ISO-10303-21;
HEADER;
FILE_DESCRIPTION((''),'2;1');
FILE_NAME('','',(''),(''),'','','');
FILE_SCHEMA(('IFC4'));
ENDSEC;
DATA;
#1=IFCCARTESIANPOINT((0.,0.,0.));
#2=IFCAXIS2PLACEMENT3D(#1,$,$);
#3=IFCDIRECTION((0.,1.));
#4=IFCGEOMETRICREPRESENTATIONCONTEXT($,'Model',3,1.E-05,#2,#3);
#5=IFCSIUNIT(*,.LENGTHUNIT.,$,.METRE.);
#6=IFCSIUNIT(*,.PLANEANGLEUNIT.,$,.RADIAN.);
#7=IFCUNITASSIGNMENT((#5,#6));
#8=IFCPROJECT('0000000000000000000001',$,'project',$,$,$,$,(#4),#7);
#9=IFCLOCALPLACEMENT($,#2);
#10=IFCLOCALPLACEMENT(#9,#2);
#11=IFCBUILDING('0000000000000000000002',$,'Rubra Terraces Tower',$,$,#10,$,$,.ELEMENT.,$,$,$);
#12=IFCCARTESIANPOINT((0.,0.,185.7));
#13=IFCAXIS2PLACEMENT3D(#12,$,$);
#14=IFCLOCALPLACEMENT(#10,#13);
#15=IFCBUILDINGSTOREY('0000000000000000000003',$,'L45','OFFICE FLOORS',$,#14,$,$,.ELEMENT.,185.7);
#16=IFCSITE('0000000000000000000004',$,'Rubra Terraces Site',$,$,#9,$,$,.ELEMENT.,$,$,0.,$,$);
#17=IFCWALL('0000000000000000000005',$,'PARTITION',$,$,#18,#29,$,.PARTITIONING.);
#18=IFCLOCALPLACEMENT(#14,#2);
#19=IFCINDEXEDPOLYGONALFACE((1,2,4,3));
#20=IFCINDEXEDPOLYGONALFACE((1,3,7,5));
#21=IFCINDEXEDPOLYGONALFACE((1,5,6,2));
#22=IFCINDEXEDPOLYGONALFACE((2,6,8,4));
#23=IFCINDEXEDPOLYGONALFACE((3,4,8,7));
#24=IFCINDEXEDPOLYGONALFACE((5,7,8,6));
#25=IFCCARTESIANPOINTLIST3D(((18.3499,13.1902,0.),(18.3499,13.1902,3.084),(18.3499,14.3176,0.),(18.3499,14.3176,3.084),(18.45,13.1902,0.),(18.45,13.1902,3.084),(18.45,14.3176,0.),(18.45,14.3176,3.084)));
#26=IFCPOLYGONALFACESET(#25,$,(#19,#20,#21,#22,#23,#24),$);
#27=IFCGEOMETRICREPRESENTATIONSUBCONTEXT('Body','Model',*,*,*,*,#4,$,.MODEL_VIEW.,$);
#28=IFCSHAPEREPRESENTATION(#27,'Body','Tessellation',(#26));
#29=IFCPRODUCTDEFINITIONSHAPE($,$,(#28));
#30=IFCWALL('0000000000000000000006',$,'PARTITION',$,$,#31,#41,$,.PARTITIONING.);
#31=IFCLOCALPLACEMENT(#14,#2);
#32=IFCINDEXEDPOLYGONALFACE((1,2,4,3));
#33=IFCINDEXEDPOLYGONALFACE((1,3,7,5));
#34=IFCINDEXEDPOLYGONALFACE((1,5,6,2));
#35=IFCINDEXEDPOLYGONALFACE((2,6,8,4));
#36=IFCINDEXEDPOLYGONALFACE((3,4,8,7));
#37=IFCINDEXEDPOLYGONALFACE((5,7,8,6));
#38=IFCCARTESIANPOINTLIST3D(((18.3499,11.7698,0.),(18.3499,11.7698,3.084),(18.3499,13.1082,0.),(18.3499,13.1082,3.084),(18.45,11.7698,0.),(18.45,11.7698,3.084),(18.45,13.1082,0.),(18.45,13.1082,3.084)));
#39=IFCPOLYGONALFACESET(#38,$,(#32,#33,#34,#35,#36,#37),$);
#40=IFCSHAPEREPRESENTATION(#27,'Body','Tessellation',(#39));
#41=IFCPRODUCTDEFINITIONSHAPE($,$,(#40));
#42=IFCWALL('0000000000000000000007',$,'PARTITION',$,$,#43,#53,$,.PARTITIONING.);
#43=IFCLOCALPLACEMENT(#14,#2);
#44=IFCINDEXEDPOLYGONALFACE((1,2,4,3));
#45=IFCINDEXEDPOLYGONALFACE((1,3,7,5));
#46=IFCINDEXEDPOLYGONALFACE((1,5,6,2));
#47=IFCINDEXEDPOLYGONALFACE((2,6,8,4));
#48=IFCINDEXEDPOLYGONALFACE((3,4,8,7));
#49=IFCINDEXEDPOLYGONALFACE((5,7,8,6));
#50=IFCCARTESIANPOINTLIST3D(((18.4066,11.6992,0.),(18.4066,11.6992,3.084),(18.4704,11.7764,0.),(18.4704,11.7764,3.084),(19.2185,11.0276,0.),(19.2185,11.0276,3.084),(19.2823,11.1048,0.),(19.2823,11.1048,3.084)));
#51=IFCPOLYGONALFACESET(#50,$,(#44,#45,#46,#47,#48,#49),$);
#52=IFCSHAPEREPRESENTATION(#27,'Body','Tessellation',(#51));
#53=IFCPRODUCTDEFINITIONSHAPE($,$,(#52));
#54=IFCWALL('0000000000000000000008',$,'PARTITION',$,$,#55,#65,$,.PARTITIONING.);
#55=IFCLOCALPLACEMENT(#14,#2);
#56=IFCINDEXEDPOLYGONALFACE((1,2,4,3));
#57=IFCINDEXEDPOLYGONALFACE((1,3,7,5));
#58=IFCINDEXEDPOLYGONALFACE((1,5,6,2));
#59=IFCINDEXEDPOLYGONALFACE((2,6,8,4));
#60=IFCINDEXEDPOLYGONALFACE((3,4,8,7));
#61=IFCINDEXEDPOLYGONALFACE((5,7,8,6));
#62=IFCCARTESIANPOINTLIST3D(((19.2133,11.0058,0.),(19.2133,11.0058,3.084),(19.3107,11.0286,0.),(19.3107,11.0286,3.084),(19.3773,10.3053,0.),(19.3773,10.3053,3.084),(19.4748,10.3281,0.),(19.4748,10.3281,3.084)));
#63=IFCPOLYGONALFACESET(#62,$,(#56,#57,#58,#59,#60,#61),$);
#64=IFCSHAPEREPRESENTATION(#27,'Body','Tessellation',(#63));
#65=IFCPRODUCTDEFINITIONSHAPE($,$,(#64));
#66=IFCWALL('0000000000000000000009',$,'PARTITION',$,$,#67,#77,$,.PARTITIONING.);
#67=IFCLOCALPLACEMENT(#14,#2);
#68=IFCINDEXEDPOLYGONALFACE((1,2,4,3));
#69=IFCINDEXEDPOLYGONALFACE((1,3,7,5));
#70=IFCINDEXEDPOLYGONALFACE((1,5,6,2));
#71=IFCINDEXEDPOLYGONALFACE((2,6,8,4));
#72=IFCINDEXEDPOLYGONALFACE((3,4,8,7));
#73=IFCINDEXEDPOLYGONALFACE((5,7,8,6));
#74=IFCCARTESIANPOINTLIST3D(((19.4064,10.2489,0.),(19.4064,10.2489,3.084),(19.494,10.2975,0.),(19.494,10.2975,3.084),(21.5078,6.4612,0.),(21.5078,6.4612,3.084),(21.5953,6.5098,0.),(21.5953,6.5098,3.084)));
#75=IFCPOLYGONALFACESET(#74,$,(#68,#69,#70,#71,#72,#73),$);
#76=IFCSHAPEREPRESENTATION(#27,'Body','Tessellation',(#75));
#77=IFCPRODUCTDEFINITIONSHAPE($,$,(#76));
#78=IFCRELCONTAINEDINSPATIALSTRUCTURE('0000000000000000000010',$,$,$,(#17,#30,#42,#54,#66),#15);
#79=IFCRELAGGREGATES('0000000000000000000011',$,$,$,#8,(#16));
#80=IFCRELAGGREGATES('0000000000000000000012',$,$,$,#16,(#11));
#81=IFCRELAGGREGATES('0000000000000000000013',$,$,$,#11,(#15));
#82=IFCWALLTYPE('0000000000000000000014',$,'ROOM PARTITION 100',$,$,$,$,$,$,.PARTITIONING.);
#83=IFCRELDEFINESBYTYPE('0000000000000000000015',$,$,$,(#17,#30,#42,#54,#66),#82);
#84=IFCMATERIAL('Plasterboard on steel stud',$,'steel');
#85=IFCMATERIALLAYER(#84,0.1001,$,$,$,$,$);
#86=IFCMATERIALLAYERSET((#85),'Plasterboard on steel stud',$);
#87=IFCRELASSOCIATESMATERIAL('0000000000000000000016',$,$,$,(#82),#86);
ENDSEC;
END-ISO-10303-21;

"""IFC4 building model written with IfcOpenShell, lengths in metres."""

from ifc_helpers import new_model, si_unit, direction, frame, frame_2d, origin, place, context, subcontext, project, spatial, rectangle, extrude, material, layer, layer_set, type_object, element, save


model = new_model("IFC4")

# Units and contexts
model_context = context("Model", 3, precision=1e-05, world=origin(), true_north=direction((0.0, 1.0)))
body_context = subcontext(model_context, "Body", "Model", "MODEL_VIEW")
ifc_project = project(units=[si_unit("LENGTHUNIT", "METRE"), si_unit("PLANEANGLEUNIT", "RADIAN")], contexts=[model_context])

# Site, building, storey
site_placement = place(None, origin())
site = spatial("IfcSite", under=ifc_project, at=site_placement, Name="Rubra Terraces Site", CompositionType="ELEMENT", RefElevation=0.0)
building_placement = place(site_placement, origin())
building = spatial("IfcBuilding", under=site, at=building_placement, Name="Rubra Terraces Tower", CompositionType="ELEMENT")
storey_placement = place(building_placement, frame((0.0, 0.0, 185.7)))
storey = spatial("IfcBuildingStorey", under=building, at=storey_placement, Name="L45", Description="OFFICE FLOORS", CompositionType="ELEMENT", Elevation=185.7)

# Walls
ifc_material_1 = material(Name="Plasterboard on steel stud", Category="steel")
ifc_layer_1 = layer(ifc_material_1, 0.1001)
ifc_layer_set_1 = layer_set([ifc_layer_1], Name="Plasterboard on steel stud")
wall_type_1 = type_object("IfcWallType", Name="ROOM PARTITION 100", PredefinedType="PARTITIONING", material=ifc_layer_set_1)
wall_1_placement = place(storey_placement, frame((18.3999, 14.3176, 0.0), z_axis=(0.0, 0.0, 1.0), x_axis=(0.0, -1.0, 0.0)))
element("IfcWall", 1, at=wall_1_placement, inside=storey, type_object=wall_type_1, Name="PARTITION", PredefinedType="PARTITIONING", context=body_context, shape_type="SweptSolid", body=[
    extrude(rectangle(XDim=1.1274, YDim=0.1001, at=frame_2d((0.5637, 0.0))), origin(), (0.0, 0.0, 1.0), 3.084),
])
wall_2_placement = place(storey_placement, frame((18.3999, 13.1082, 0.0), z_axis=(0.0, 0.0, 1.0), x_axis=(0.0, -1.0, 0.0)))
element("IfcWall", 2, at=wall_2_placement, inside=storey, type_object=wall_type_1, Name="PARTITION", PredefinedType="PARTITIONING", context=body_context, shape_type="SweptSolid", body=[
    extrude(rectangle(XDim=1.3384, YDim=0.1001, at=frame_2d((0.6692, 0.0))), origin(), (0.0, 0.0, 1.0), 3.084),
])
wall_3_placement = place(storey_placement, frame((18.4385, 11.7378, 0.0), z_axis=(0.0, 0.0, 1.0), x_axis=(0.770571, -0.637354, 0.0)))
element("IfcWall", 3, at=wall_3_placement, inside=storey, type_object=wall_type_1, Name="PARTITION", PredefinedType="PARTITIONING", context=body_context, shape_type="SweptSolid", body=[
    extrude(rectangle(XDim=1.0537, YDim=0.1001, at=frame_2d((0.5269, 0.0))), origin(), (0.0, 0.0, 1.0), 3.084),
])
wall_4_placement = place(storey_placement, frame((19.262, 11.0173, 0.0), z_axis=(0.0, 0.0, 1.0), x_axis=(0.228056, -0.973648, 0.0)))
element("IfcWall", 4, at=wall_4_placement, inside=storey, type_object=wall_type_1, Name="PARTITION", PredefinedType="PARTITIONING", context=body_context, shape_type="SweptSolid", body=[
    extrude(rectangle(XDim=0.7195, YDim=0.1001, at=frame_2d((0.3599, 0.0))), origin(), (0.0, 0.0, 1.0), 3.084),
])
wall_5_placement = place(storey_placement, frame((19.4502, 10.2732, 0.0), z_axis=(0.0, 0.0, 1.0), x_axis=(0.485131, -0.874442, 0.0)))
element("IfcWall", 5, at=wall_5_placement, inside=storey, type_object=wall_type_1, Name="PARTITION", PredefinedType="PARTITIONING", context=body_context, shape_type="SweptSolid", body=[
    extrude(rectangle(XDim=4.3315, YDim=0.1001, at=frame_2d((2.1658, 0.0))), origin(), (0.0, 0.0, 1.0), 3.084),
])

save(model, "model.ifc")
